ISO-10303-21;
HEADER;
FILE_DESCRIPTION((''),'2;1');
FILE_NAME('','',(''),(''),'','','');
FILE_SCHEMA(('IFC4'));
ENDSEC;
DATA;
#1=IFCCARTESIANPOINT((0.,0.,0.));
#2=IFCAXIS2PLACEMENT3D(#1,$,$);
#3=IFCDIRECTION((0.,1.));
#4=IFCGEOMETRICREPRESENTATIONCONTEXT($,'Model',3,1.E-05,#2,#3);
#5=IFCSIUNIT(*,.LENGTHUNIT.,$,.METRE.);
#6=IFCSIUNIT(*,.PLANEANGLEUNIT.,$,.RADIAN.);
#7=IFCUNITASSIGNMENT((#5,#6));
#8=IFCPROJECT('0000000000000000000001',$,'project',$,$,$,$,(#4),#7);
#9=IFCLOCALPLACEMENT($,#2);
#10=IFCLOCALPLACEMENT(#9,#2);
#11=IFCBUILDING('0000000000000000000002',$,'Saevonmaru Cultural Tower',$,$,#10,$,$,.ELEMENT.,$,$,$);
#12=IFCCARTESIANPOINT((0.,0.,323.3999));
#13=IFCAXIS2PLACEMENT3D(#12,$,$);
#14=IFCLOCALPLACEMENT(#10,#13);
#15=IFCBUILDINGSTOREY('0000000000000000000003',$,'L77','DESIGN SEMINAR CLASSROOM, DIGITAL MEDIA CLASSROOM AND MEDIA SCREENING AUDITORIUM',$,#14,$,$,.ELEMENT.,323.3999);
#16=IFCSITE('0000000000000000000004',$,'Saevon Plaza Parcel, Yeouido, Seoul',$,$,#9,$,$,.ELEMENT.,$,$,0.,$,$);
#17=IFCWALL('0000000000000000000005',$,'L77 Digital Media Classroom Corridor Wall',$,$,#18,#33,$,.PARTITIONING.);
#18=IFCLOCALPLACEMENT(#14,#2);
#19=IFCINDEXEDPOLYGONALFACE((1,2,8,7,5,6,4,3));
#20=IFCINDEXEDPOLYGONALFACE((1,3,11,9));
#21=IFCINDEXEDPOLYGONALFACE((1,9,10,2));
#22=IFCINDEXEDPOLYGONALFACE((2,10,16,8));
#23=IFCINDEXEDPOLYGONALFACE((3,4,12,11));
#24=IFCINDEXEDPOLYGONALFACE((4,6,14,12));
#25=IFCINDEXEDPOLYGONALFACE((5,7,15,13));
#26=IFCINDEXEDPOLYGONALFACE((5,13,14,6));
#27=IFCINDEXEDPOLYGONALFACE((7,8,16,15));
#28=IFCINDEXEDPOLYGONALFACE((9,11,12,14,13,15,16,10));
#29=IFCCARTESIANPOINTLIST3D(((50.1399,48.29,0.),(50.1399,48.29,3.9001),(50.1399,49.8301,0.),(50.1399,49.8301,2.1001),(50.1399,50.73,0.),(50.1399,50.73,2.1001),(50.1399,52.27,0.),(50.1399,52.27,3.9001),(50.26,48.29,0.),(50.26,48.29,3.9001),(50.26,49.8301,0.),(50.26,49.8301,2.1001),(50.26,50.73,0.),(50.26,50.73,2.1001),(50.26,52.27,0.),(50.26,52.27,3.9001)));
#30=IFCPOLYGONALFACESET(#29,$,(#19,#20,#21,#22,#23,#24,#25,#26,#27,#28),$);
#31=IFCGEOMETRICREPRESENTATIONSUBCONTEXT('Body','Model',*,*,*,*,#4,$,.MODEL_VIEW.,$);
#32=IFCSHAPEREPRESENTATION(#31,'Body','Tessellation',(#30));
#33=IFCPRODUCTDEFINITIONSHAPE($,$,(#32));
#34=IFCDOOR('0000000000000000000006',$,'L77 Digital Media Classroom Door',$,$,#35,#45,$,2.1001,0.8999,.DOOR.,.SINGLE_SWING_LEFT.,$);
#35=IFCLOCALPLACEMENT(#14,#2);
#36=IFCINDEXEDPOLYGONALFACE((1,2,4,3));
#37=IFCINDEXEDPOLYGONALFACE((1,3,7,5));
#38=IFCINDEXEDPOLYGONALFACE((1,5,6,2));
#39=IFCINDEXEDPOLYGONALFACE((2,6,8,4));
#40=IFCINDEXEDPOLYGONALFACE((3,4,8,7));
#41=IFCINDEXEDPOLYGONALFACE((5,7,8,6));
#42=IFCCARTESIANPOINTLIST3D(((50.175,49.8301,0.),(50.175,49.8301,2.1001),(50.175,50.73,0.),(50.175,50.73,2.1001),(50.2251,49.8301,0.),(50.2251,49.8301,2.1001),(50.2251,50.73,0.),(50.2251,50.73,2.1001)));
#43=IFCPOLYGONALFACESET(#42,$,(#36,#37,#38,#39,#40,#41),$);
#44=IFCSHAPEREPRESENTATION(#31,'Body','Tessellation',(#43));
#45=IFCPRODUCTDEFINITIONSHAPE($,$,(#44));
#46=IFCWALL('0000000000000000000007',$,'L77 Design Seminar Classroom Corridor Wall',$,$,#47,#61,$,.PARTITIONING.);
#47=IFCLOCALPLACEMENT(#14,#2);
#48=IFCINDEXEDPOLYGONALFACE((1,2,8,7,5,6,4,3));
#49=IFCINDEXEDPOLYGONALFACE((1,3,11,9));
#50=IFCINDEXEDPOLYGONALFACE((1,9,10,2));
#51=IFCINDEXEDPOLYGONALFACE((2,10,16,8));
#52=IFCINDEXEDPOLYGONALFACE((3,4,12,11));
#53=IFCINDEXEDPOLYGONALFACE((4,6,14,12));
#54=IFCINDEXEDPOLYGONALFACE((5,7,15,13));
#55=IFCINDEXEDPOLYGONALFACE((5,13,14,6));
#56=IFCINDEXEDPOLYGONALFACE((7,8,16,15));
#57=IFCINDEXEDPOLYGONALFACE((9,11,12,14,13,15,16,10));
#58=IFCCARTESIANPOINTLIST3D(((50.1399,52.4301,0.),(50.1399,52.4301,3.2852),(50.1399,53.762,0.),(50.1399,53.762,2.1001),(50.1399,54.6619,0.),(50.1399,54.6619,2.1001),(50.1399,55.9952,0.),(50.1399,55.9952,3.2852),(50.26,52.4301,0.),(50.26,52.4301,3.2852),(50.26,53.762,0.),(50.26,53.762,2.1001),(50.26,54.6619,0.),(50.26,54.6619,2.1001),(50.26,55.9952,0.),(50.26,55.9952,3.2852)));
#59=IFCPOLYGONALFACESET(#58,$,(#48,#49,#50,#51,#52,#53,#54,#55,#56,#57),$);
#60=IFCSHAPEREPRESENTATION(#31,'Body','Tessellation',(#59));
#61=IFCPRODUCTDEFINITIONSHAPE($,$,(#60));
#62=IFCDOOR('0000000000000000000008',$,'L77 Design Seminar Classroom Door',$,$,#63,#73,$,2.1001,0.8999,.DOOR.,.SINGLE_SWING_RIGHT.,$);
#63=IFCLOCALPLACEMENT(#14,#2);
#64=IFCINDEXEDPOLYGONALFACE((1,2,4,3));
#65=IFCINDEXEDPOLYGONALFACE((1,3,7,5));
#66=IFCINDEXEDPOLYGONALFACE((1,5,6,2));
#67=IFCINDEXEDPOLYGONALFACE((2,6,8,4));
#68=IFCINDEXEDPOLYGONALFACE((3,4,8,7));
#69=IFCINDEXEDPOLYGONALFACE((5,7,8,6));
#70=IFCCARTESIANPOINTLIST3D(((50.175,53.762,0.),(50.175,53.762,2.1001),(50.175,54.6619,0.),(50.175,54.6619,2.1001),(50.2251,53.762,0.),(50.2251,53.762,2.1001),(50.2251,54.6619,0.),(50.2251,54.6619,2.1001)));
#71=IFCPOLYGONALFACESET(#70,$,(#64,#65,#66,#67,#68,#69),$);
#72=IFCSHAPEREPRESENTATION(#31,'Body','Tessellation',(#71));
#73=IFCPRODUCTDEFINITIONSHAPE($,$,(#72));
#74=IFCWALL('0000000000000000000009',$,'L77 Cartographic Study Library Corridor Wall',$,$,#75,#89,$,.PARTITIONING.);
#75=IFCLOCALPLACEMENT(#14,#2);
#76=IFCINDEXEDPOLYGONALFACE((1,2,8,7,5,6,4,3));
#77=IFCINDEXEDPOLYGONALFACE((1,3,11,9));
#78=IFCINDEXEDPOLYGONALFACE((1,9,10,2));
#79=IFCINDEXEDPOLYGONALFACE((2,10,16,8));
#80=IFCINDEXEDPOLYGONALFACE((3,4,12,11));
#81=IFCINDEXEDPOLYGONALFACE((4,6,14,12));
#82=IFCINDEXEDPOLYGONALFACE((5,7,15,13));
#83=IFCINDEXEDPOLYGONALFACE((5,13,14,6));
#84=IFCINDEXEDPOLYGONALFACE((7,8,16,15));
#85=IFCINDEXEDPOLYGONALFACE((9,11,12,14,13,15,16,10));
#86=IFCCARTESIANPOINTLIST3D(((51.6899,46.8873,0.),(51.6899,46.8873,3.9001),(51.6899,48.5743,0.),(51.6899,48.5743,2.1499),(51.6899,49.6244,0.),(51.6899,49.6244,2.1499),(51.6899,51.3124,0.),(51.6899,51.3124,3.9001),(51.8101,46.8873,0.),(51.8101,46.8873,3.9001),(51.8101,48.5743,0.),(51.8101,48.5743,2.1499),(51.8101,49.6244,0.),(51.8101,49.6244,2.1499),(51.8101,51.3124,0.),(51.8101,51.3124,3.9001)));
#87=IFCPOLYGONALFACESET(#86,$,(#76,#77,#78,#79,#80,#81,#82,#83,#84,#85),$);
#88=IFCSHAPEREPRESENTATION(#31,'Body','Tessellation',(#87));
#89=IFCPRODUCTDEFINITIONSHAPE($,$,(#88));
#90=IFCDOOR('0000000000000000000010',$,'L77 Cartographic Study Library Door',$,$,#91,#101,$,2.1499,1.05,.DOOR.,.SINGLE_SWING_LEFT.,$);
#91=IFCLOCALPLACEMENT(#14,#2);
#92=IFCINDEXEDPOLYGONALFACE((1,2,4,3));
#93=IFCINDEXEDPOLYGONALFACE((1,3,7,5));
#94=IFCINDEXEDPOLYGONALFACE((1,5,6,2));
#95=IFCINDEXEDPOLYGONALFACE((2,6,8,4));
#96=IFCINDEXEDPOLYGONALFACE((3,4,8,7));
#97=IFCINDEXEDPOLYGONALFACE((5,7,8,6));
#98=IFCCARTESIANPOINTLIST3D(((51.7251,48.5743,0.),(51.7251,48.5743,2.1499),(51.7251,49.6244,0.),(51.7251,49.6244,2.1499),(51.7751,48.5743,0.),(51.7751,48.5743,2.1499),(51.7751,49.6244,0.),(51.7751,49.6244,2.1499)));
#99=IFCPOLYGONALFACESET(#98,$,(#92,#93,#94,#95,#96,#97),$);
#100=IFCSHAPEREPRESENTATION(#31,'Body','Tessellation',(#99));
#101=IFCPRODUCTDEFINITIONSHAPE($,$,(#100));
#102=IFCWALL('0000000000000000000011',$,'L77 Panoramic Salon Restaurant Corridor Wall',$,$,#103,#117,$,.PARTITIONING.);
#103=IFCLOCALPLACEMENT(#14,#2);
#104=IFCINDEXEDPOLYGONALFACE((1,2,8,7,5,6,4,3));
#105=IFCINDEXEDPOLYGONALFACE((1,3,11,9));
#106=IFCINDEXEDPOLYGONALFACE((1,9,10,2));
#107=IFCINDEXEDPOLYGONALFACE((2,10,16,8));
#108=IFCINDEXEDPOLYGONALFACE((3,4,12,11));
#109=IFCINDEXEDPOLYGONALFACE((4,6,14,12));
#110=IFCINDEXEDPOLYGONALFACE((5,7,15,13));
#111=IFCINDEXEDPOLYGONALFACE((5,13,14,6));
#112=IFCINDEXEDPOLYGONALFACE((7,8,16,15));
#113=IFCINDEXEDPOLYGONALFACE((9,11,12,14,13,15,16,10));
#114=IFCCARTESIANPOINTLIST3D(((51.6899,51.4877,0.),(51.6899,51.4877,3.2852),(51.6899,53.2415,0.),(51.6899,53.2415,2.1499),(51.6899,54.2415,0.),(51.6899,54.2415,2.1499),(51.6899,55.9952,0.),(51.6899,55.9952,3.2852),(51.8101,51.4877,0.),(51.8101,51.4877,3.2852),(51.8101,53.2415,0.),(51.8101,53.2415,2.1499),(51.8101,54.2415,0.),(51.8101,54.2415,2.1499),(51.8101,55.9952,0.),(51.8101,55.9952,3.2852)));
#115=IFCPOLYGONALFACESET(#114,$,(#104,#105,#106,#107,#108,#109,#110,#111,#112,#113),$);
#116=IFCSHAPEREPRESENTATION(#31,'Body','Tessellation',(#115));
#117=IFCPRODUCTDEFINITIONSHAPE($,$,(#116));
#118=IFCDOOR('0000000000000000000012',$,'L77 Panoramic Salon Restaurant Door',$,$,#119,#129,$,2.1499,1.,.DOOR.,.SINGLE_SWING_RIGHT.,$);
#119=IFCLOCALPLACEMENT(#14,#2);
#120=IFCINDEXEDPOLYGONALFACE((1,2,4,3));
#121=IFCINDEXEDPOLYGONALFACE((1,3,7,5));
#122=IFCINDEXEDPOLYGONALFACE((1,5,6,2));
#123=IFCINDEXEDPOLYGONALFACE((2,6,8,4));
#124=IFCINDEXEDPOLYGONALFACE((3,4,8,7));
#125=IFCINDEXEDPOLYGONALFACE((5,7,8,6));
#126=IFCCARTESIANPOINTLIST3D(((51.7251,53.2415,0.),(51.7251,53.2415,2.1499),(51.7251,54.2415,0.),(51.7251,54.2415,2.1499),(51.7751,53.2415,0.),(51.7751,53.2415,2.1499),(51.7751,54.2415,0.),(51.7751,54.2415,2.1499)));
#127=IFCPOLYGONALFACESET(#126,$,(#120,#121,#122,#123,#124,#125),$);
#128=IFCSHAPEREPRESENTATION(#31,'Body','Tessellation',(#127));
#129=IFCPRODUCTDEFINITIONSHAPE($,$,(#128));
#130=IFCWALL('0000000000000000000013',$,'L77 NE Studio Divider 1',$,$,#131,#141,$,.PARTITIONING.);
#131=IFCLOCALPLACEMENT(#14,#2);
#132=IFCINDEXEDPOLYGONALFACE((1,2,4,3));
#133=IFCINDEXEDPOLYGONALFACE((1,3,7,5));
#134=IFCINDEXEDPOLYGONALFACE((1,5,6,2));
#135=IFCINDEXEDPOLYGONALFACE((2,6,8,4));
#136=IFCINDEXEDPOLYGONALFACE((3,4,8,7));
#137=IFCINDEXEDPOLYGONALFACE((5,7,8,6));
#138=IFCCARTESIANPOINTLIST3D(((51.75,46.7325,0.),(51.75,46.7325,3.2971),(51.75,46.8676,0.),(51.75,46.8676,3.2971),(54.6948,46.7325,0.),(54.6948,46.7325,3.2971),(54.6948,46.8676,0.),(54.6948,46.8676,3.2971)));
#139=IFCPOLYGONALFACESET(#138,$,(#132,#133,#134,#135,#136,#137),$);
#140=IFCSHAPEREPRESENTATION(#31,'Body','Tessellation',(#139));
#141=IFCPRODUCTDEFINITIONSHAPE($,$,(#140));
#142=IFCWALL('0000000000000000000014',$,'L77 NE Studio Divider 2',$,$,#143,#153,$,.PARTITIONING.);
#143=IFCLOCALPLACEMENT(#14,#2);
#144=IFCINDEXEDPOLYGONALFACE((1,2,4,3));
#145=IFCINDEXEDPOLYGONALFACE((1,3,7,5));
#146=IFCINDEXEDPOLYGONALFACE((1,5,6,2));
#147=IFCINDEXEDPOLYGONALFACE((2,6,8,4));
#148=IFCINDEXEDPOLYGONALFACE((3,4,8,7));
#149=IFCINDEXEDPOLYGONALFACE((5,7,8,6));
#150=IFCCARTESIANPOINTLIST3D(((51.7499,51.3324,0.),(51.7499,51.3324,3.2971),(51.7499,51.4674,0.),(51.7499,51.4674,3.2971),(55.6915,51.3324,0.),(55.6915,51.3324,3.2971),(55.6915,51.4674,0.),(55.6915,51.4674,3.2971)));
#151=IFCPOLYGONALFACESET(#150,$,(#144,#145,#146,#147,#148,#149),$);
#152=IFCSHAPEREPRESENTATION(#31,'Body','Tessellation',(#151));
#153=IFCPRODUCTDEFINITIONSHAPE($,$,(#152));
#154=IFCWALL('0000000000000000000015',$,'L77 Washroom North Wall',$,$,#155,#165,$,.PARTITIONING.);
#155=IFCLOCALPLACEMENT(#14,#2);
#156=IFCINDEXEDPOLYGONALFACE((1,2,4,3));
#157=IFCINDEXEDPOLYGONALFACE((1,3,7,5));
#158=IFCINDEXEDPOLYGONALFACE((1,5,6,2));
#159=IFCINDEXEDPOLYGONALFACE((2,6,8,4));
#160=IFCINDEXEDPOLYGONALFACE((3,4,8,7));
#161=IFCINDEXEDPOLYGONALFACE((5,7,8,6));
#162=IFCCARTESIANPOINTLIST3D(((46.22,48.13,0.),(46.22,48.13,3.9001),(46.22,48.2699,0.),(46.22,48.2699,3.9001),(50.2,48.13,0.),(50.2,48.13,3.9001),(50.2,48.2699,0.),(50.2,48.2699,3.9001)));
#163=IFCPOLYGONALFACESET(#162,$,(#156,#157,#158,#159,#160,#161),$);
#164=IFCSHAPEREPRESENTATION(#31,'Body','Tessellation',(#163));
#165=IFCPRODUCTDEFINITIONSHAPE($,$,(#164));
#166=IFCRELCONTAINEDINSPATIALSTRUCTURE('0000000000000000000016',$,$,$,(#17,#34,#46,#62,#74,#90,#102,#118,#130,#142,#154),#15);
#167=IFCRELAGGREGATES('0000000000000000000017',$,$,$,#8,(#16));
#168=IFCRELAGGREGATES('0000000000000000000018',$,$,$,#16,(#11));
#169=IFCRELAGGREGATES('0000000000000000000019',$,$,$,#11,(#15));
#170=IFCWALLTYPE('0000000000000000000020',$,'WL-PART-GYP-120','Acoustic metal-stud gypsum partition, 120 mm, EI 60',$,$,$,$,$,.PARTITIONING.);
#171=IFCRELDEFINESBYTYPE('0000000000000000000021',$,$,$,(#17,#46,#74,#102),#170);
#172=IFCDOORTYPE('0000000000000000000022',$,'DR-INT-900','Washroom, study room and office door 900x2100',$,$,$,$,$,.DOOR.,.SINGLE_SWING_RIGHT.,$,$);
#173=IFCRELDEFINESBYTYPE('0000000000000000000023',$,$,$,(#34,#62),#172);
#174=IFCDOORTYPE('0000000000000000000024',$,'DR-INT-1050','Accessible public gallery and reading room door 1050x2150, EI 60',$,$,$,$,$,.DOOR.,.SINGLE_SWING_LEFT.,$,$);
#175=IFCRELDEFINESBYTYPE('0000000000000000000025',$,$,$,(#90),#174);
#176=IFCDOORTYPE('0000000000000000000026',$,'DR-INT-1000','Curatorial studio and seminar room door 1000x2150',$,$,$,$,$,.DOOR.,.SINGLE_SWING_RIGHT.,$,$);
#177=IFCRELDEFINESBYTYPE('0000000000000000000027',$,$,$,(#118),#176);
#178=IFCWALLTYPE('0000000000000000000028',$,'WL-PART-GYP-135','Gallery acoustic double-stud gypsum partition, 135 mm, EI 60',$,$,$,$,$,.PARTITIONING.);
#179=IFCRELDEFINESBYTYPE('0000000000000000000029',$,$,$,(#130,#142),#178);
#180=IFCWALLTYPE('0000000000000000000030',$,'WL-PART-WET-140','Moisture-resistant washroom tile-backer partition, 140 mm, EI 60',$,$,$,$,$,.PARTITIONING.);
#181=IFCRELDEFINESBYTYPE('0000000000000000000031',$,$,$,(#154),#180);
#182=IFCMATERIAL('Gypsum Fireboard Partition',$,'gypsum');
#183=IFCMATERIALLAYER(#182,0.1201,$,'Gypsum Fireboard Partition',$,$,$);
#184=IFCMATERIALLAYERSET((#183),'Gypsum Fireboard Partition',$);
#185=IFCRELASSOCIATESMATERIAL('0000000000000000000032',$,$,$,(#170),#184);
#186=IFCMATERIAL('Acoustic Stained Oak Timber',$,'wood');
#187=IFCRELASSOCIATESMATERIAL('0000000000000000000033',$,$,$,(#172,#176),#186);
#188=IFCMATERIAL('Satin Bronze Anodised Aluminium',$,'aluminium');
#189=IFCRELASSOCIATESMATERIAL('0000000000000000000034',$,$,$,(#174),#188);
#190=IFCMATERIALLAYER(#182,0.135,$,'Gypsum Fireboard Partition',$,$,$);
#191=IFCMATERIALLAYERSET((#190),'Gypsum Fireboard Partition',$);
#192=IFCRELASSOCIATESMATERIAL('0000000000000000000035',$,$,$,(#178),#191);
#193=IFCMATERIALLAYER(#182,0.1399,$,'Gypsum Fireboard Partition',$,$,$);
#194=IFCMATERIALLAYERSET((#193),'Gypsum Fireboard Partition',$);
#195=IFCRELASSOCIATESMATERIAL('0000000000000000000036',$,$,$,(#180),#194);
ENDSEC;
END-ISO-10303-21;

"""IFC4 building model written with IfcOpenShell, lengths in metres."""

from ifc_helpers import new_model, si_unit, direction, frame, frame_2d, origin, place, context, subcontext, project, spatial, rectangle, extrude, material, layer, layer_set, type_object, element, fill, save


model = new_model("IFC4")

# Units and contexts
model_context = context("Model", 3, precision=1e-05, world=origin(), true_north=direction((0.0, 1.0)))
body_context = subcontext(model_context, "Body", "Model", "MODEL_VIEW")
ifc_project = project(units=[si_unit("LENGTHUNIT", "METRE"), si_unit("PLANEANGLEUNIT", "RADIAN")], contexts=[model_context])

# Site, building, storey
site_placement = place(None, origin())
site = spatial("IfcSite", under=ifc_project, at=site_placement, Name="Saevon Plaza Parcel, Yeouido, Seoul", CompositionType="ELEMENT", RefElevation=0.0)
building_placement = place(site_placement, origin())
building = spatial("IfcBuilding", under=site, at=building_placement, Name="Saevonmaru Cultural Tower", CompositionType="ELEMENT")
storey_placement = place(building_placement, frame((0.0, 0.0, 323.3999)))
storey = spatial("IfcBuildingStorey", under=building, at=storey_placement, Name="L77", Description="DESIGN SEMINAR CLASSROOM, DIGITAL MEDIA CLASSROOM AND MEDIA SCREENING AUDITORIUM", CompositionType="ELEMENT", Elevation=323.3999)

# Shared definitions
ifc_material_1 = material(Name="Satin Bronze Anodised Aluminium", Category="aluminium")

# Shared definitions
ifc_material_2 = material(Name="Gypsum Fireboard Partition", Category="gypsum")
ifc_layer_1 = layer(ifc_material_2, 0.1201, Name="Gypsum Fireboard Partition")
ifc_layer_set_1 = layer_set([ifc_layer_1], Name="Gypsum Fireboard Partition")
wall_type_1 = type_object("IfcWallType", Name="WL-PART-GYP-120", Description="Acoustic metal-stud gypsum partition, 120 mm, EI 60", PredefinedType="PARTITIONING", material=ifc_layer_set_1)

# Walls, openings, doors
wall_1_placement = place(storey_placement, frame((50.2, 48.29, 0.0), z_axis=(0.0, 0.0, 1.0), x_axis=(0.0, 1.0, 0.0)))
wall_1 = element("IfcWall", 1, at=wall_1_placement, inside=storey, type_object=wall_type_1, Name="L77 Digital Media Classroom Corridor Wall", PredefinedType="PARTITIONING", context=body_context, shape_type="SweptSolid", body=[
    extrude(rectangle(XDim=3.98, YDim=0.1201, at=frame_2d((1.99, 0.0))), origin(), (0.0, 0.0, 1.0), 3.9001),
])
opening_1_placement = place(wall_1_placement, frame((1.54, 0.0, 0.0)))
opening_1 = element("IfcOpeningElement", 2, at=opening_1_placement, cuts=wall_1, PredefinedType="OPENING", context=body_context, shape_type="SweptSolid", body=[
    extrude(rectangle(XDim=0.8999, YDim=2.1001, at=frame_2d((0.45, 1.05))), frame((0.0, 0.0701, 0.0), z_axis=(0.0, -1.0, 0.0), x_axis=(1.0, 0.0, 0.0)), (0.0, 0.0, 1.0), 0.1401),
])
ifc_material_3 = material(Name="Acoustic Stained Oak Timber", Category="wood")
door_type_1 = type_object("IfcDoorType", Name="DR-INT-900", Description="Washroom, study room and office door 900x2100", OperationType="SINGLE_SWING_RIGHT", PredefinedType="DOOR", material=ifc_material_3)
door_1_placement = place(opening_1_placement, origin())
door_1 = element("IfcDoor", 3, at=door_1_placement, inside=storey, type_object=door_type_1, Name="L77 Digital Media Classroom Door", OperationType="SINGLE_SWING_LEFT", OverallHeight=2.1001, OverallWidth=0.8999, PredefinedType="DOOR", context=body_context, shape_type="SweptSolid", body=[
    extrude(rectangle(XDim=0.8999, YDim=2.1001, at=frame_2d((0.45, 1.05))), frame((0.0, 0.0249, 0.0), z_axis=(0.0, -1.0, 0.0), x_axis=(1.0, 0.0, 0.0)), (0.0, 0.0, 1.0), 0.05),
])
fill(opening_1, door_1)
wall_2_placement = place(storey_placement, frame((50.2, 52.4299, 0.0), z_axis=(0.0, 0.0, 1.0), x_axis=(0.0, 1.0, 0.0)))
wall_2 = element("IfcWall", 4, at=wall_2_placement, inside=storey, type_object=wall_type_1, Name="L77 Design Seminar Classroom Corridor Wall", PredefinedType="PARTITIONING", context=body_context, shape_type="SweptSolid", body=[
    extrude(rectangle(XDim=3.5652, YDim=0.1201, at=frame_2d((1.7827, 0.0))), origin(), (0.0, 0.0, 1.0), 3.2852),
])
opening_2_placement = place(wall_2_placement, frame((1.332, 0.0, 0.0)))
opening_2 = element("IfcOpeningElement", 5, at=opening_2_placement, cuts=wall_2, PredefinedType="OPENING", context=body_context, shape_type="SweptSolid", body=[
    extrude(rectangle(XDim=0.8999, YDim=2.1001, at=frame_2d((0.45, 1.05))), frame((0.0, 0.0701, 0.0), z_axis=(0.0, -1.0, 0.0), x_axis=(1.0, 0.0, 0.0)), (0.0, 0.0, 1.0), 0.1401),
])
door_2_placement = place(opening_2_placement, origin())
door_2 = element("IfcDoor", 6, at=door_2_placement, inside=storey, type_object=door_type_1, Name="L77 Design Seminar Classroom Door", OperationType="SINGLE_SWING_RIGHT", OverallHeight=2.1001, OverallWidth=0.8999, PredefinedType="DOOR", context=body_context, shape_type="SweptSolid", body=[
    extrude(rectangle(XDim=0.8999, YDim=2.1001, at=frame_2d((0.45, 1.05))), frame((0.0, 0.0249, 0.0), z_axis=(0.0, -1.0, 0.0), x_axis=(1.0, 0.0, 0.0)), (0.0, 0.0, 1.0), 0.05),
])
fill(opening_2, door_2)
wall_3_placement = place(storey_placement, frame((51.75, 46.8875, 0.0), z_axis=(0.0, 0.0, 1.0), x_axis=(0.0, 1.0, 0.0)))
wall_3 = element("IfcWall", 7, at=wall_3_placement, inside=storey, type_object=wall_type_1, Name="L77 Cartographic Study Library Corridor Wall", PredefinedType="PARTITIONING", context=body_context, shape_type="SweptSolid", body=[
    extrude(rectangle(XDim=4.425, YDim=0.1201, at=frame_2d((2.2124, 0.0))), origin(), (0.0, 0.0, 1.0), 3.9001),
])
opening_3_placement = place(wall_3_placement, frame((1.687, 0.0, 0.0)))
opening_3 = element("IfcOpeningElement", 8, at=opening_3_placement, cuts=wall_3, PredefinedType="OPENING", context=body_context, shape_type="SweptSolid", body=[
    extrude(rectangle(XDim=1.05, YDim=2.1499, at=frame_2d((0.5249, 1.075))), frame((0.0, 0.0701, 0.0), z_axis=(0.0, -1.0, 0.0), x_axis=(1.0, 0.0, 0.0)), (0.0, 0.0, 1.0), 0.1401),
])
door_type_2 = type_object("IfcDoorType", Name="DR-INT-1050", Description="Accessible public gallery and reading room door 1050x2150, EI 60", OperationType="SINGLE_SWING_LEFT", PredefinedType="DOOR", material=ifc_material_1)
door_3_placement = place(opening_3_placement, origin())
door_3 = element("IfcDoor", 9, at=door_3_placement, inside=storey, type_object=door_type_2, Name="L77 Cartographic Study Library Door", OperationType="SINGLE_SWING_LEFT", OverallHeight=2.1499, OverallWidth=1.05, PredefinedType="DOOR", context=body_context, shape_type="SweptSolid", body=[
    extrude(rectangle(XDim=1.05, YDim=2.1499, at=frame_2d((0.5249, 1.075))), frame((0.0, 0.0249, 0.0), z_axis=(0.0, -1.0, 0.0), x_axis=(1.0, 0.0, 0.0)), (0.0, 0.0, 1.0), 0.05),
])
fill(opening_3, door_3)
wall_4_placement = place(storey_placement, frame((51.75, 51.4875, 0.0), z_axis=(0.0, 0.0, 1.0), x_axis=(0.0, 1.0, 0.0)))
wall_4 = element("IfcWall", 10, at=wall_4_placement, inside=storey, type_object=wall_type_1, Name="L77 Panoramic Salon Restaurant Corridor Wall", PredefinedType="PARTITIONING", context=body_context, shape_type="SweptSolid", body=[
    extrude(rectangle(XDim=4.5076, YDim=0.1201, at=frame_2d((2.2539, 0.0))), origin(), (0.0, 0.0, 1.0), 3.2852),
])
opening_4_placement = place(wall_4_placement, frame((1.7539, 0.0, 0.0)))
opening_4 = element("IfcOpeningElement", 11, at=opening_4_placement, cuts=wall_4, PredefinedType="OPENING", context=body_context, shape_type="SweptSolid", body=[
    extrude(rectangle(XDim=1.0, YDim=2.1499, at=frame_2d((0.5, 1.075))), frame((0.0, 0.0701, 0.0), z_axis=(0.0, -1.0, 0.0), x_axis=(1.0, 0.0, 0.0)), (0.0, 0.0, 1.0), 0.1401),
])
door_type_3 = type_object("IfcDoorType", Name="DR-INT-1000", Description="Curatorial studio and seminar room door 1000x2150", OperationType="SINGLE_SWING_RIGHT", PredefinedType="DOOR", material=ifc_material_3)
door_4_placement = place(opening_4_placement, origin())
door_4 = element("IfcDoor", 12, at=door_4_placement, inside=storey, type_object=door_type_3, Name="L77 Panoramic Salon Restaurant Door", OperationType="SINGLE_SWING_RIGHT", OverallHeight=2.1499, OverallWidth=1.0, PredefinedType="DOOR", context=body_context, shape_type="SweptSolid", body=[
    extrude(rectangle(XDim=1.0, YDim=2.1499, at=frame_2d((0.5, 1.075))), frame((0.0, 0.0249, 0.0), z_axis=(0.0, -1.0, 0.0), x_axis=(1.0, 0.0, 0.0)), (0.0, 0.0, 1.0), 0.05),
])
fill(opening_4, door_4)

# Walls
ifc_layer_2 = layer(ifc_material_2, 0.135, Name="Gypsum Fireboard Partition")
ifc_layer_set_2 = layer_set([ifc_layer_2], Name="Gypsum Fireboard Partition")
wall_type_2 = type_object("IfcWallType", Name="WL-PART-GYP-135", Description="Gallery acoustic double-stud gypsum partition, 135 mm, EI 60", PredefinedType="PARTITIONING", material=ifc_layer_set_2)
wall_5_placement = place(storey_placement, frame((51.75, 46.8, 0.0), z_axis=(0.0, 0.0, 1.0), x_axis=(1.0, 0.0, 0.0)))
element("IfcWall", 13, at=wall_5_placement, inside=storey, type_object=wall_type_2, Name="L77 NE Studio Divider 1", PredefinedType="PARTITIONING", context=body_context, shape_type="SweptSolid", body=[
    extrude(rectangle(XDim=2.9448, YDim=0.135, at=frame_2d((1.4724, 0.0))), origin(), (0.0, 0.0, 1.0), 3.2971),
])
wall_6_placement = place(storey_placement, frame((51.75, 51.3999, 0.0), z_axis=(0.0, 0.0, 1.0), x_axis=(1.0, 0.0, 0.0)))
element("IfcWall", 14, at=wall_6_placement, inside=storey, type_object=wall_type_2, Name="L77 NE Studio Divider 2", PredefinedType="PARTITIONING", context=body_context, shape_type="SweptSolid", body=[
    extrude(rectangle(XDim=3.9417, YDim=0.135, at=frame_2d((1.9707, 0.0))), origin(), (0.0, 0.0, 1.0), 3.2971),
])
ifc_layer_3 = layer(ifc_material_2, 0.1399, Name="Gypsum Fireboard Partition")
ifc_layer_set_3 = layer_set([ifc_layer_3], Name="Gypsum Fireboard Partition")
wall_type_3 = type_object("IfcWallType", Name="WL-PART-WET-140", Description="Moisture-resistant washroom tile-backer partition, 140 mm, EI 60", PredefinedType="PARTITIONING", material=ifc_layer_set_3)
wall_7_placement = place(storey_placement, frame((46.22, 48.2, 0.0), z_axis=(0.0, 0.0, 1.0), x_axis=(1.0, 0.0, 0.0)))
element("IfcWall", 15, at=wall_7_placement, inside=storey, type_object=wall_type_3, Name="L77 Washroom North Wall", PredefinedType="PARTITIONING", context=body_context, shape_type="SweptSolid", body=[
    extrude(rectangle(XDim=3.98, YDim=0.1399, at=frame_2d((1.99, 0.0))), origin(), (0.0, 0.0, 1.0), 3.9001),
])

save(model, "model.ifc")
